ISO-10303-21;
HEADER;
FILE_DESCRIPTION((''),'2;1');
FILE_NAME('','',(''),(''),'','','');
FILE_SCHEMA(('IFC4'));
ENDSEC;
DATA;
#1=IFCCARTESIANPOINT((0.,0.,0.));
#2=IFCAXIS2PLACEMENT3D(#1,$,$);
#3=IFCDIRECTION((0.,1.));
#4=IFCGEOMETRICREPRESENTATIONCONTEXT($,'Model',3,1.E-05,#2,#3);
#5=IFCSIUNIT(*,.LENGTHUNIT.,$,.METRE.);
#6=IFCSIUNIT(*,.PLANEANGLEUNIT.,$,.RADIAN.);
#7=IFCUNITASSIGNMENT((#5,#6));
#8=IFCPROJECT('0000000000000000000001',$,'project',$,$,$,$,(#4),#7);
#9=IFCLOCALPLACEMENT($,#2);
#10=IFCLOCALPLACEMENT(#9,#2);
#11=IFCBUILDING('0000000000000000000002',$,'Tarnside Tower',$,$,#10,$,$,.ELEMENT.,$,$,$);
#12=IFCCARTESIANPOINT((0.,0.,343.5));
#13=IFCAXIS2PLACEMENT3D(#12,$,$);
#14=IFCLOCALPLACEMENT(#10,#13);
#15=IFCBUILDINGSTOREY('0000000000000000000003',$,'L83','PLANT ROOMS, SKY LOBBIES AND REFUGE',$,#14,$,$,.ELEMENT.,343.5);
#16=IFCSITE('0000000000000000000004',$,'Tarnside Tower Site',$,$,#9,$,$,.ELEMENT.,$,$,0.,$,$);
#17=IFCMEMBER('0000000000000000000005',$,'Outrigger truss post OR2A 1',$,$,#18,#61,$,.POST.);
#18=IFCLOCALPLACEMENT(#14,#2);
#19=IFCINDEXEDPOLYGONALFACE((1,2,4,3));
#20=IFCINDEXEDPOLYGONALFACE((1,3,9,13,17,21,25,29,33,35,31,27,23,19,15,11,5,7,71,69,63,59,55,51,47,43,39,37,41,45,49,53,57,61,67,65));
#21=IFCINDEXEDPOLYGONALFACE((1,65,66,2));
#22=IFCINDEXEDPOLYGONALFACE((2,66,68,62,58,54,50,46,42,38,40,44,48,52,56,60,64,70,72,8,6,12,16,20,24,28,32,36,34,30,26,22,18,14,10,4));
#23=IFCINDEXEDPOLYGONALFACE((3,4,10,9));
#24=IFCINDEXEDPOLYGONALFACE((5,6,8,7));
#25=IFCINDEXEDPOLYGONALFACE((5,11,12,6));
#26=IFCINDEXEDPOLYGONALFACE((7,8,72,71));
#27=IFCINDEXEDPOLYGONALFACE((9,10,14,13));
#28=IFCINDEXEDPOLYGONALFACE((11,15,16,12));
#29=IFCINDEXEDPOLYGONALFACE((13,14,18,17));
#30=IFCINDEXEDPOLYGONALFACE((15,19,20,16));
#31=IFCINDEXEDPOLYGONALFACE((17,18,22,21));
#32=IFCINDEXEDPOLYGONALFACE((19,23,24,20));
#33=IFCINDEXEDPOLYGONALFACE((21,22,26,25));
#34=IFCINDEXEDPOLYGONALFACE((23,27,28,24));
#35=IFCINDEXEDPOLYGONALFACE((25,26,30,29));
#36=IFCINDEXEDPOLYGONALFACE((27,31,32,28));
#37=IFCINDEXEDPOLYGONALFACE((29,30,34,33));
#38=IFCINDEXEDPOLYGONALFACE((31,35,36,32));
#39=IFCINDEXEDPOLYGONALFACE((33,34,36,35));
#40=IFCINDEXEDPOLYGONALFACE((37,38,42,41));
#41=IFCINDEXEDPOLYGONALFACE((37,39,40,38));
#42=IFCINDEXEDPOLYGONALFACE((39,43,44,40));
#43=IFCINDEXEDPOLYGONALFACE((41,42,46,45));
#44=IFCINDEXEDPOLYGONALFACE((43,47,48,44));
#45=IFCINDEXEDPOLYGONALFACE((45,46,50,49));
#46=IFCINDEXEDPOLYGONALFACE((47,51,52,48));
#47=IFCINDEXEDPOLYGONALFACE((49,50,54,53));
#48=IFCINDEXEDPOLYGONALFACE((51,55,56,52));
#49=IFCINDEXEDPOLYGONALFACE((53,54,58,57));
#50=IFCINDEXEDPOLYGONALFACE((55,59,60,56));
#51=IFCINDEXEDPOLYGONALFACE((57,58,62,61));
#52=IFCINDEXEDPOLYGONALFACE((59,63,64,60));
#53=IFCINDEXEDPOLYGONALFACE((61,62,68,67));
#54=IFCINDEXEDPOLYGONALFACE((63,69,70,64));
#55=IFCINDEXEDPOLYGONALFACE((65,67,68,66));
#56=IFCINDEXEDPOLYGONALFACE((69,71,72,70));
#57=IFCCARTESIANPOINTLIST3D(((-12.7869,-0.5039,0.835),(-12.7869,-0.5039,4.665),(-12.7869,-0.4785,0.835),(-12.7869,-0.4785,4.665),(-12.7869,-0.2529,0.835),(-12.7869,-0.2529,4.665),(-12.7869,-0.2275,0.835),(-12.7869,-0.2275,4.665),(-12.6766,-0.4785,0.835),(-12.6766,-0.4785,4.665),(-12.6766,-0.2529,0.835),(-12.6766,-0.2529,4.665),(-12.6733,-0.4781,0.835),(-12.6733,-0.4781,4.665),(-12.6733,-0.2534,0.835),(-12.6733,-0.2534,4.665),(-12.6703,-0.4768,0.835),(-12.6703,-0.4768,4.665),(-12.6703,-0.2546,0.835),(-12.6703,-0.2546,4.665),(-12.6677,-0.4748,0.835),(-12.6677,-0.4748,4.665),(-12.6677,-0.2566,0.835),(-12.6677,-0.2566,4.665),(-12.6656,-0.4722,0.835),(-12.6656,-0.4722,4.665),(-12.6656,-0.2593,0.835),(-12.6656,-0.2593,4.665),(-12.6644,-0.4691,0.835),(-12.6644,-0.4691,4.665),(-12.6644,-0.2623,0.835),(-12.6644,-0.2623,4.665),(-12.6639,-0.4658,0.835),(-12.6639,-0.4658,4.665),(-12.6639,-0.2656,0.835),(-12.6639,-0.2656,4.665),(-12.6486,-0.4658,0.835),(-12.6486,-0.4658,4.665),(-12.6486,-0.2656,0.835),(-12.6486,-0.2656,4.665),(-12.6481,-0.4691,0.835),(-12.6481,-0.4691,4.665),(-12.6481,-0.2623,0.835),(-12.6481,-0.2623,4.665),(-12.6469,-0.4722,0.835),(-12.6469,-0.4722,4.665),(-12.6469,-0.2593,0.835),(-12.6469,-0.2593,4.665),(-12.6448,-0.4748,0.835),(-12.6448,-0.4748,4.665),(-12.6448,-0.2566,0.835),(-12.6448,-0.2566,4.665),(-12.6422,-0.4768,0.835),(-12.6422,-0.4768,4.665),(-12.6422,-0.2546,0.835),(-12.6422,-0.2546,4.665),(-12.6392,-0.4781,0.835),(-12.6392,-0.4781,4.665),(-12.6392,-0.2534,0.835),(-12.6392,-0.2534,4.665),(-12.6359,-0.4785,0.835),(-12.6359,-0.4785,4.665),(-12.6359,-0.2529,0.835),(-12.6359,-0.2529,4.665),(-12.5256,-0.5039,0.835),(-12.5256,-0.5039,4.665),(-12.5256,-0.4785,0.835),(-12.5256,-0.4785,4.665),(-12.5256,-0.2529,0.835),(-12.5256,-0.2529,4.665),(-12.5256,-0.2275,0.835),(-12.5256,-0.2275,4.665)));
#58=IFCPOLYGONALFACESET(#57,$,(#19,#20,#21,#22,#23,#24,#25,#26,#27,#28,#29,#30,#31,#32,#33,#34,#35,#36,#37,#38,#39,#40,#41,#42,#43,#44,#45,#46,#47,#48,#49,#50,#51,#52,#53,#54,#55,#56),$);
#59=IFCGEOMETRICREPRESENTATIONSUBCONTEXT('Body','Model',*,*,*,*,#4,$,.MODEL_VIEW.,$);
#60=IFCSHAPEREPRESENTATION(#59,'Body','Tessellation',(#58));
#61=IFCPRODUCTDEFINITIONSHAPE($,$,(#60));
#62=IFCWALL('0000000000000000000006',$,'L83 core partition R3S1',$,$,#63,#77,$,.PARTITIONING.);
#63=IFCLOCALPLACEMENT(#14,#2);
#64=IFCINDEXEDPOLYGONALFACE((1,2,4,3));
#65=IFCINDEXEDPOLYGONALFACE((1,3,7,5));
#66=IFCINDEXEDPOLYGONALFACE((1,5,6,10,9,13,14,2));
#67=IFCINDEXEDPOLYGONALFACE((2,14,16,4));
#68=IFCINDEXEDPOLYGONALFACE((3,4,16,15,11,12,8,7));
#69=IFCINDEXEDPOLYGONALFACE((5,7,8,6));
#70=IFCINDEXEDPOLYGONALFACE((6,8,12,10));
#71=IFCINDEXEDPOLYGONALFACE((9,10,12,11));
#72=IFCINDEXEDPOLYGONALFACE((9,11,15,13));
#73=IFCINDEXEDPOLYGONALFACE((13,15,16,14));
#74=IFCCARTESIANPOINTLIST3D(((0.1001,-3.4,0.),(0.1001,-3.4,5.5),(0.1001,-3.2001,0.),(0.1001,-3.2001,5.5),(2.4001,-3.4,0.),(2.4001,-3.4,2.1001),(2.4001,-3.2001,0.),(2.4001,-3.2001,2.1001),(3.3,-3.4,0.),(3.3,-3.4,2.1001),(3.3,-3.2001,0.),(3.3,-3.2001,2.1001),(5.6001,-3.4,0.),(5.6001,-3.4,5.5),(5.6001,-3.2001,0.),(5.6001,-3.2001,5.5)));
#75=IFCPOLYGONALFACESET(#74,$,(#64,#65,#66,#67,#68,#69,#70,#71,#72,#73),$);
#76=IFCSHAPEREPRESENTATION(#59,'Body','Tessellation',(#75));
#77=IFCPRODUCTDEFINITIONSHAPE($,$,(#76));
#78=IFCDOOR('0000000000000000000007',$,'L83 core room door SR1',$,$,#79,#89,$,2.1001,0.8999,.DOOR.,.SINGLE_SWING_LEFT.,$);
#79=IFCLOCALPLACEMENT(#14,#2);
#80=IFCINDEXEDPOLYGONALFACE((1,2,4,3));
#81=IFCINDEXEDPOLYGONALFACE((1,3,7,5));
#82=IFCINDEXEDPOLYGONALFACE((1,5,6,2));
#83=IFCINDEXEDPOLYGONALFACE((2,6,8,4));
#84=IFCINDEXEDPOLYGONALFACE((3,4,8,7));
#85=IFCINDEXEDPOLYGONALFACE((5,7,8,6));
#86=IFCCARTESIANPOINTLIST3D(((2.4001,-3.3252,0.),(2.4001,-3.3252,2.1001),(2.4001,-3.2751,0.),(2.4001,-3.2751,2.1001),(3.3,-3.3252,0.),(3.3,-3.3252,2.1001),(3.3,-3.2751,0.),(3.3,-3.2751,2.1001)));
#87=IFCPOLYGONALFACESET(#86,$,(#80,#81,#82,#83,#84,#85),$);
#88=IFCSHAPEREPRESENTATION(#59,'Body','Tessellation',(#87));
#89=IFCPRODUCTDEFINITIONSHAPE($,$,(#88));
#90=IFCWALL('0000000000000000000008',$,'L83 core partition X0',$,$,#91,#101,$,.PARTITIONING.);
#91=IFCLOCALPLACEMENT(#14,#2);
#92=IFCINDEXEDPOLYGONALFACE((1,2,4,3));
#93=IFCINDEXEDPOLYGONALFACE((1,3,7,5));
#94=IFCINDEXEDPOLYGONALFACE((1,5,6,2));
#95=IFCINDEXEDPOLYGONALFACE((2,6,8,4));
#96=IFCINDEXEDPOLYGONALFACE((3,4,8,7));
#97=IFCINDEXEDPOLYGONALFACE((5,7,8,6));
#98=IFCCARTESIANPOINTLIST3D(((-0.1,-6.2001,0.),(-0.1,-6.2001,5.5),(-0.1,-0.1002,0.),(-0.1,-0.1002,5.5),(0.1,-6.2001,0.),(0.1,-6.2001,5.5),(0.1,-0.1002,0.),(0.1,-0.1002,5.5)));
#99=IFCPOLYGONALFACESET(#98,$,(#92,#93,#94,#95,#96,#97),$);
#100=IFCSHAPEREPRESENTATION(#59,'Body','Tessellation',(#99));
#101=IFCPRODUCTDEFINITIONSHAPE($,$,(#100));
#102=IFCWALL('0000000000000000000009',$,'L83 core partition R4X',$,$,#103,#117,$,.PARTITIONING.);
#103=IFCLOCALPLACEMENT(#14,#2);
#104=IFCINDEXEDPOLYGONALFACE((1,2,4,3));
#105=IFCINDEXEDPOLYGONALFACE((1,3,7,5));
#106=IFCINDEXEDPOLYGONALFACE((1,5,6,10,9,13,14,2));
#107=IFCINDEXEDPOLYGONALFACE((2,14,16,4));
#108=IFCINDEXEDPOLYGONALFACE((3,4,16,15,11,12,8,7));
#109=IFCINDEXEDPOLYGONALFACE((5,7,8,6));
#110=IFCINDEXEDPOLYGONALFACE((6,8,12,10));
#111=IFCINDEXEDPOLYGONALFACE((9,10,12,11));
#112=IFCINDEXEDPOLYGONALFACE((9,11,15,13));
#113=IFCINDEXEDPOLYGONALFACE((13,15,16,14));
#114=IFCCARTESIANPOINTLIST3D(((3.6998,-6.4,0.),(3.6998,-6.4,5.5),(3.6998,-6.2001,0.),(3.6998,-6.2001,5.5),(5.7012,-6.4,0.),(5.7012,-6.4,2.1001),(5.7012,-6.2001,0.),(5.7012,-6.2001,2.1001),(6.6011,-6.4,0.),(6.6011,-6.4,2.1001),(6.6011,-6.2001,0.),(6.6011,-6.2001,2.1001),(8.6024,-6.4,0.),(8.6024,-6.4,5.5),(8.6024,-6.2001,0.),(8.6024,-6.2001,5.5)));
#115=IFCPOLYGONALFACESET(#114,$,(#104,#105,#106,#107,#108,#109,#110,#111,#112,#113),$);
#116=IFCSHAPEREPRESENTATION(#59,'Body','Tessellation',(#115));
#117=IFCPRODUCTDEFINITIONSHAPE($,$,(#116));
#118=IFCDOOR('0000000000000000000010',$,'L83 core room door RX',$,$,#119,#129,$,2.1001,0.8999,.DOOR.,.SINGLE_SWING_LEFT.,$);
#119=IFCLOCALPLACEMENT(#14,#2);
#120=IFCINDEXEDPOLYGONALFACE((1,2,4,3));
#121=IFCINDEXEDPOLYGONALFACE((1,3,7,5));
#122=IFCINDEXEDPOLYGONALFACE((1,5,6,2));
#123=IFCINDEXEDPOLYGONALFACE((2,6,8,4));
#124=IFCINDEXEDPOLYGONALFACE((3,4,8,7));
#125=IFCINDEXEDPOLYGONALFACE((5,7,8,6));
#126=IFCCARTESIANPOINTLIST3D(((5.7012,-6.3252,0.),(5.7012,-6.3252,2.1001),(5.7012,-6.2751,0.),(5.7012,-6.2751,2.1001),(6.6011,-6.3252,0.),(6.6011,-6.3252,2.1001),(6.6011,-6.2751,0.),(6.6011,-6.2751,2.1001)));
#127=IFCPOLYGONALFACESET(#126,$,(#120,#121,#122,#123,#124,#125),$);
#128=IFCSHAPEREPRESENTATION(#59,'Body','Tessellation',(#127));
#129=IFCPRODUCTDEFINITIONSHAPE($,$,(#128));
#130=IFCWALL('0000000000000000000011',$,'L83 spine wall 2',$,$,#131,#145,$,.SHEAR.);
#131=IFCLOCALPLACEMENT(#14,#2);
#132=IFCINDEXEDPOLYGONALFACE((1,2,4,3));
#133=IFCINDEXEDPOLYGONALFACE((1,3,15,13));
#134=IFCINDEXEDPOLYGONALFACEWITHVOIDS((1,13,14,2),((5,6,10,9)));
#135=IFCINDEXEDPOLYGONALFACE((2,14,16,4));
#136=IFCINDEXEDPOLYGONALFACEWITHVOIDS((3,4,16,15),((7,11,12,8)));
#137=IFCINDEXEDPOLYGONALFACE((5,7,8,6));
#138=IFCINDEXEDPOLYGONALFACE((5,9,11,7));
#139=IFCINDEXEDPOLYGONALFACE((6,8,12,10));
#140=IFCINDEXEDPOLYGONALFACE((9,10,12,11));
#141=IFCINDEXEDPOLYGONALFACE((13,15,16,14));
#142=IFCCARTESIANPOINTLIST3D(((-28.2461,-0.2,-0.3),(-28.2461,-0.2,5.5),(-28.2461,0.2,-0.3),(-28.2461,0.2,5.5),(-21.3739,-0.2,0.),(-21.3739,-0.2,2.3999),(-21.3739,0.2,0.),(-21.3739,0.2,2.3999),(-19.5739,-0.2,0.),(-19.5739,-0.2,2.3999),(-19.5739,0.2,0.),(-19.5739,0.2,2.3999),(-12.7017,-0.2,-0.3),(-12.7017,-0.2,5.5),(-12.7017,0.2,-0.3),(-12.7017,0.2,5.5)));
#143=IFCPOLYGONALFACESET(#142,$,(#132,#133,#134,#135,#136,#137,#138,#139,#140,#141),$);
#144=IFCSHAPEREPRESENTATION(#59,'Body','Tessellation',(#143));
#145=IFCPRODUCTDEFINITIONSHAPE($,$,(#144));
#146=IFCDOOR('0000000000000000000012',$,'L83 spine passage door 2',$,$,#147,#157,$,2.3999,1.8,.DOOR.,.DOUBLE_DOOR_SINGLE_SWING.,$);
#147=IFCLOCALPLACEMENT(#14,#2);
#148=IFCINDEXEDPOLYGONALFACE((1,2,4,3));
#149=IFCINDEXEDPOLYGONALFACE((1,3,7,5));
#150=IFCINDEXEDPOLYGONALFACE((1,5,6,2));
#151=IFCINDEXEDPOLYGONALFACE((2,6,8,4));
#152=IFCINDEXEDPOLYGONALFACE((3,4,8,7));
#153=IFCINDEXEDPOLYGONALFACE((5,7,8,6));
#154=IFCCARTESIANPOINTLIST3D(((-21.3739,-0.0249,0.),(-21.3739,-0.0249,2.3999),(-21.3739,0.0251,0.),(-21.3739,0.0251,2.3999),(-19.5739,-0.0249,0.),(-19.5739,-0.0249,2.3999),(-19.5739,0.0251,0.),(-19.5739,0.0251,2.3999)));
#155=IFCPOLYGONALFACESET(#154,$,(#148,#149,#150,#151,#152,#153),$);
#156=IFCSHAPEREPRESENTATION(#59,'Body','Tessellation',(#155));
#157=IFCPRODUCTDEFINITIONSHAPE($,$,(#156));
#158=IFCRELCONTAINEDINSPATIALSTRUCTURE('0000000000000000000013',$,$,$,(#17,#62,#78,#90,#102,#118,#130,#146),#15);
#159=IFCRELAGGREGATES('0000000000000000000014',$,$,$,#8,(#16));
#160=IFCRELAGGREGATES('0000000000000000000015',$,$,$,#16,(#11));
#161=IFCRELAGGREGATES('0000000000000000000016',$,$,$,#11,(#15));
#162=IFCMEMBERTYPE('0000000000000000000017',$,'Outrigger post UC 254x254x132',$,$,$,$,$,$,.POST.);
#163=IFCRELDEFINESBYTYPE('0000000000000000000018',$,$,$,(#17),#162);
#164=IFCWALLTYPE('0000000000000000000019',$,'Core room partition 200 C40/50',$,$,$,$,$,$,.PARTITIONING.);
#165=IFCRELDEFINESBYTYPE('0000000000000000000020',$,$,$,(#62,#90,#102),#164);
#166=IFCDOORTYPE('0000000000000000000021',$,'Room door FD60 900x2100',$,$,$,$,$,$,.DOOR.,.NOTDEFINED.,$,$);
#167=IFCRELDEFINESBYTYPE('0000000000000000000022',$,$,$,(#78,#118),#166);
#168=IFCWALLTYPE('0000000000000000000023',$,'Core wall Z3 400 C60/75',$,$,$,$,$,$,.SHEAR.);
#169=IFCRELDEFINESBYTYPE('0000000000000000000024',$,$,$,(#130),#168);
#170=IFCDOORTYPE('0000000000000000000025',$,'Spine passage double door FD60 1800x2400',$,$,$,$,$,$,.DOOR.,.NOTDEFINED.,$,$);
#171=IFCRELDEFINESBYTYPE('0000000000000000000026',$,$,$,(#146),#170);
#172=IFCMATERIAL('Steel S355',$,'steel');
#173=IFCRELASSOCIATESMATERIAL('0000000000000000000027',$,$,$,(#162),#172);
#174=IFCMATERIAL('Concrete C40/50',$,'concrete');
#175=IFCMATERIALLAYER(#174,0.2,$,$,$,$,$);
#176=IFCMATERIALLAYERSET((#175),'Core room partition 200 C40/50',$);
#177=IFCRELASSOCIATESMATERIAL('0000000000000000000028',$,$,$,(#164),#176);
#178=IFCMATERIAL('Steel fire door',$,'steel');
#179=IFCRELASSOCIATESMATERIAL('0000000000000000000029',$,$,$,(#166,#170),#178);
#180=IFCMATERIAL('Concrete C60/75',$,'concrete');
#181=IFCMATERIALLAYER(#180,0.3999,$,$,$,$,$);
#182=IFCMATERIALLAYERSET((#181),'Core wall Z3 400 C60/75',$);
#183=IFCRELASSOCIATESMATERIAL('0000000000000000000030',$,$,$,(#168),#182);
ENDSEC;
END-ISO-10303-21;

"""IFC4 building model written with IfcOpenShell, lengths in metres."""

from ifc_helpers import new_model, si_unit, direction, frame, frame_2d, origin, origin_2d, place, context, subcontext, project, spatial, rectangle, i_section, extrude, material, layer, layer_set, material_profile, profile_set, type_object, element, fill, save


model = new_model("IFC4")

# Units and contexts
model_context = context("Model", 3, precision=1e-05, world=origin(), true_north=direction((0.0, 1.0)))
body_context = subcontext(model_context, "Body", "Model", "MODEL_VIEW")
ifc_project = project(units=[si_unit("LENGTHUNIT", "METRE"), si_unit("PLANEANGLEUNIT", "RADIAN")], contexts=[model_context])

# Site, building, storey
site_placement = place(None, origin())
site = spatial("IfcSite", under=ifc_project, at=site_placement, Name="Tarnside Tower Site", CompositionType="ELEMENT", RefElevation=0.0)
building_placement = place(site_placement, origin())
building = spatial("IfcBuilding", under=site, at=building_placement, Name="Tarnside Tower", CompositionType="ELEMENT")
storey_placement = place(building_placement, frame((0.0, 0.0, 343.5)))
storey = spatial("IfcBuildingStorey", under=building, at=storey_placement, Name="L83", Description="PLANT ROOMS, SKY LOBBIES AND REFUGE", CompositionType="ELEMENT", Elevation=343.5)

# Member
ifc_material_1 = material(Name="Steel S355", Category="steel")
ifc_material_profile_1 = material_profile(ifc_material_1, i_section(OverallWidth=0.2612, OverallDepth=0.2764, WebThickness=0.0154, FlangeThickness=0.0254, FilletRadius=0.0127, at=origin_2d()), Name="UC 254x254x132")
ifc_profile_set_1 = profile_set([ifc_material_profile_1], Name="Steel S355")
member_type_1 = type_object("IfcMemberType", Name="Outrigger post UC 254x254x132", PredefinedType="POST", material=ifc_profile_set_1)
member_1_placement = place(storey_placement, frame((-12.6562, -0.3657, 0.835), z_axis=(0.0, 0.0, 1.0), x_axis=(-1.0, 0.0, 0.0)))
element("IfcMember", 1, at=member_1_placement, inside=storey, type_object=member_type_1, Name="Outrigger truss post OR2A 1", PredefinedType="POST", context=body_context, shape_type="SweptSolid", body=[
    extrude(i_section(OverallWidth=0.2612, OverallDepth=0.2764, WebThickness=0.0154, FlangeThickness=0.0254, FilletRadius=0.0127, at=origin_2d()), origin(), (0.0, 0.0, 1.0), 3.8301),
])

# Wall, opening, door
ifc_material_2 = material(Name="Concrete C40/50", Category="concrete")
ifc_layer_1 = layer(ifc_material_2, 0.2)
ifc_layer_set_1 = layer_set([ifc_layer_1], Name="Core room partition 200 C40/50")
wall_type_1 = type_object("IfcWallType", Name="Core room partition 200 C40/50", PredefinedType="PARTITIONING", material=ifc_layer_set_1)
wall_1_placement = place(storey_placement, frame((0.1001, -3.3, 0.0), z_axis=(0.0, 0.0, 1.0), x_axis=(1.0, 0.0, 0.0)))
wall_1 = element("IfcWall", 2, at=wall_1_placement, inside=storey, type_object=wall_type_1, Name="L83 core partition R3S1", PredefinedType="PARTITIONING", context=body_context, shape_type="SweptSolid", body=[
    extrude(rectangle(XDim=5.5, YDim=0.2, at=frame_2d((2.75, 0.0))), origin(), (0.0, 0.0, 1.0), 5.5),
])
opening_1_placement = place(wall_1_placement, frame((2.3, 0.0, 0.0)))
opening_1 = element("IfcOpeningElement", 3, at=opening_1_placement, cuts=wall_1, PredefinedType="OPENING", context=body_context, shape_type="SweptSolid", body=[
    extrude(rectangle(XDim=0.8999, YDim=2.1001, at=frame_2d((0.45, 1.05))), frame((0.0, 0.1099, 0.0), z_axis=(0.0, -1.0, 0.0), x_axis=(1.0, 0.0, 0.0)), (0.0, 0.0, 1.0), 0.22),
])
ifc_material_3 = material(Name="Steel fire door", Category="steel")
door_type_1 = type_object("IfcDoorType", Name="Room door FD60 900x2100", OperationType="NOTDEFINED", PredefinedType="DOOR", material=ifc_material_3)
door_1_placement = place(opening_1_placement, origin())
door_1 = element("IfcDoor", 4, at=door_1_placement, inside=storey, type_object=door_type_1, Name="L83 core room door SR1", OperationType="SINGLE_SWING_LEFT", OverallHeight=2.1001, OverallWidth=0.8999, PredefinedType="DOOR", context=body_context, shape_type="SweptSolid", body=[
    extrude(rectangle(XDim=0.8999, YDim=2.1001, at=frame_2d((0.45, 1.05))), frame((0.0, 0.0249, 0.0), z_axis=(0.0, -1.0, 0.0), x_axis=(1.0, 0.0, 0.0)), (0.0, 0.0, 1.0), 0.05),
])
fill(opening_1, door_1)

# Wall
wall_2_placement = place(storey_placement, frame((0.0, -6.2, 0.0), z_axis=(0.0, 0.0, 1.0), x_axis=(0.0, 1.0, 0.0)))
element("IfcWall", 5, at=wall_2_placement, inside=storey, type_object=wall_type_1, Name="L83 core partition X0", PredefinedType="PARTITIONING", context=body_context, shape_type="SweptSolid", body=[
    extrude(rectangle(XDim=6.0999, YDim=0.2, at=frame_2d((3.0498, 0.0))), origin(), (0.0, 0.0, 1.0), 5.5),
])

# Walls, openings, doors
wall_3_placement = place(storey_placement, frame((3.7, -6.3, 0.0), z_axis=(0.0, 0.0, 1.0), x_axis=(1.0, 0.0, 0.0)))
wall_3 = element("IfcWall", 6, at=wall_3_placement, inside=storey, type_object=wall_type_1, Name="L83 core partition R4X", PredefinedType="PARTITIONING", context=body_context, shape_type="SweptSolid", body=[
    extrude(rectangle(XDim=4.9026, YDim=0.2, at=frame_2d((2.4512, 0.0))), origin(), (0.0, 0.0, 1.0), 5.5),
])
opening_2_placement = place(wall_3_placement, frame((2.0012, 0.0, 0.0)))
opening_2 = element("IfcOpeningElement", 7, at=opening_2_placement, cuts=wall_3, PredefinedType="OPENING", context=body_context, shape_type="SweptSolid", body=[
    extrude(rectangle(XDim=0.8999, YDim=2.1001, at=frame_2d((0.45, 1.05))), frame((0.0, 0.1099, 0.0), z_axis=(0.0, -1.0, 0.0), x_axis=(1.0, 0.0, 0.0)), (0.0, 0.0, 1.0), 0.22),
])
door_2_placement = place(opening_2_placement, origin())
door_2 = element("IfcDoor", 8, at=door_2_placement, inside=storey, type_object=door_type_1, Name="L83 core room door RX", OperationType="SINGLE_SWING_LEFT", OverallHeight=2.1001, OverallWidth=0.8999, PredefinedType="DOOR", context=body_context, shape_type="SweptSolid", body=[
    extrude(rectangle(XDim=0.8999, YDim=2.1001, at=frame_2d((0.45, 1.05))), frame((0.0, 0.0249, 0.0), z_axis=(0.0, -1.0, 0.0), x_axis=(1.0, 0.0, 0.0)), (0.0, 0.0, 1.0), 0.05),
])
fill(opening_2, door_2)
ifc_material_4 = material(Name="Concrete C60/75", Category="concrete")
ifc_layer_2 = layer(ifc_material_4, 0.3999)
ifc_layer_set_2 = layer_set([ifc_layer_2], Name="Core wall Z3 400 C60/75")
wall_type_2 = type_object("IfcWallType", Name="Core wall Z3 400 C60/75", PredefinedType="SHEAR", material=ifc_layer_set_2)
wall_4_placement = place(storey_placement, frame((-12.7017, 0.0, -0.3), z_axis=(0.0, 0.0, 1.0), x_axis=(-1.0, 0.0, 0.0)))
wall_4 = element("IfcWall", 9, at=wall_4_placement, inside=storey, type_object=wall_type_2, Name="L83 spine wall 2", PredefinedType="SHEAR", context=body_context, shape_type="SweptSolid", body=[
    extrude(rectangle(XDim=15.5444, YDim=0.3999, at=frame_2d((7.7722, 0.0))), origin(), (0.0, 0.0, 1.0), 5.8),
])
opening_3_placement = place(wall_4_placement, frame((6.8723, 0.0, 0.3)))
opening_3 = element("IfcOpeningElement", 10, at=opening_3_placement, cuts=wall_4, PredefinedType="OPENING", context=body_context, shape_type="SweptSolid", body=[
    extrude(rectangle(XDim=1.8, YDim=2.3999, at=frame_2d((0.8999, 1.2))), frame((0.0, 0.21, 0.0), z_axis=(0.0, -1.0, 0.0), x_axis=(1.0, 0.0, 0.0)), (0.0, 0.0, 1.0), 0.4199),
])
door_type_2 = type_object("IfcDoorType", Name="Spine passage double door FD60 1800x2400", OperationType="NOTDEFINED", PredefinedType="DOOR", material=ifc_material_3)
door_3_placement = place(opening_3_placement, origin())
door_3 = element("IfcDoor", 11, at=door_3_placement, inside=storey, type_object=door_type_2, Name="L83 spine passage door 2", OperationType="DOUBLE_DOOR_SINGLE_SWING", OverallHeight=2.3999, OverallWidth=1.8, PredefinedType="DOOR", context=body_context, shape_type="SweptSolid", body=[
    extrude(rectangle(XDim=1.8, YDim=2.3999, at=frame_2d((0.8999, 1.2))), frame((0.0, 0.0249, 0.0), z_axis=(0.0, -1.0, 0.0), x_axis=(1.0, 0.0, 0.0)), (0.0, 0.0, 1.0), 0.05),
])
fill(opening_3, door_3)

save(model, "model.ifc")
